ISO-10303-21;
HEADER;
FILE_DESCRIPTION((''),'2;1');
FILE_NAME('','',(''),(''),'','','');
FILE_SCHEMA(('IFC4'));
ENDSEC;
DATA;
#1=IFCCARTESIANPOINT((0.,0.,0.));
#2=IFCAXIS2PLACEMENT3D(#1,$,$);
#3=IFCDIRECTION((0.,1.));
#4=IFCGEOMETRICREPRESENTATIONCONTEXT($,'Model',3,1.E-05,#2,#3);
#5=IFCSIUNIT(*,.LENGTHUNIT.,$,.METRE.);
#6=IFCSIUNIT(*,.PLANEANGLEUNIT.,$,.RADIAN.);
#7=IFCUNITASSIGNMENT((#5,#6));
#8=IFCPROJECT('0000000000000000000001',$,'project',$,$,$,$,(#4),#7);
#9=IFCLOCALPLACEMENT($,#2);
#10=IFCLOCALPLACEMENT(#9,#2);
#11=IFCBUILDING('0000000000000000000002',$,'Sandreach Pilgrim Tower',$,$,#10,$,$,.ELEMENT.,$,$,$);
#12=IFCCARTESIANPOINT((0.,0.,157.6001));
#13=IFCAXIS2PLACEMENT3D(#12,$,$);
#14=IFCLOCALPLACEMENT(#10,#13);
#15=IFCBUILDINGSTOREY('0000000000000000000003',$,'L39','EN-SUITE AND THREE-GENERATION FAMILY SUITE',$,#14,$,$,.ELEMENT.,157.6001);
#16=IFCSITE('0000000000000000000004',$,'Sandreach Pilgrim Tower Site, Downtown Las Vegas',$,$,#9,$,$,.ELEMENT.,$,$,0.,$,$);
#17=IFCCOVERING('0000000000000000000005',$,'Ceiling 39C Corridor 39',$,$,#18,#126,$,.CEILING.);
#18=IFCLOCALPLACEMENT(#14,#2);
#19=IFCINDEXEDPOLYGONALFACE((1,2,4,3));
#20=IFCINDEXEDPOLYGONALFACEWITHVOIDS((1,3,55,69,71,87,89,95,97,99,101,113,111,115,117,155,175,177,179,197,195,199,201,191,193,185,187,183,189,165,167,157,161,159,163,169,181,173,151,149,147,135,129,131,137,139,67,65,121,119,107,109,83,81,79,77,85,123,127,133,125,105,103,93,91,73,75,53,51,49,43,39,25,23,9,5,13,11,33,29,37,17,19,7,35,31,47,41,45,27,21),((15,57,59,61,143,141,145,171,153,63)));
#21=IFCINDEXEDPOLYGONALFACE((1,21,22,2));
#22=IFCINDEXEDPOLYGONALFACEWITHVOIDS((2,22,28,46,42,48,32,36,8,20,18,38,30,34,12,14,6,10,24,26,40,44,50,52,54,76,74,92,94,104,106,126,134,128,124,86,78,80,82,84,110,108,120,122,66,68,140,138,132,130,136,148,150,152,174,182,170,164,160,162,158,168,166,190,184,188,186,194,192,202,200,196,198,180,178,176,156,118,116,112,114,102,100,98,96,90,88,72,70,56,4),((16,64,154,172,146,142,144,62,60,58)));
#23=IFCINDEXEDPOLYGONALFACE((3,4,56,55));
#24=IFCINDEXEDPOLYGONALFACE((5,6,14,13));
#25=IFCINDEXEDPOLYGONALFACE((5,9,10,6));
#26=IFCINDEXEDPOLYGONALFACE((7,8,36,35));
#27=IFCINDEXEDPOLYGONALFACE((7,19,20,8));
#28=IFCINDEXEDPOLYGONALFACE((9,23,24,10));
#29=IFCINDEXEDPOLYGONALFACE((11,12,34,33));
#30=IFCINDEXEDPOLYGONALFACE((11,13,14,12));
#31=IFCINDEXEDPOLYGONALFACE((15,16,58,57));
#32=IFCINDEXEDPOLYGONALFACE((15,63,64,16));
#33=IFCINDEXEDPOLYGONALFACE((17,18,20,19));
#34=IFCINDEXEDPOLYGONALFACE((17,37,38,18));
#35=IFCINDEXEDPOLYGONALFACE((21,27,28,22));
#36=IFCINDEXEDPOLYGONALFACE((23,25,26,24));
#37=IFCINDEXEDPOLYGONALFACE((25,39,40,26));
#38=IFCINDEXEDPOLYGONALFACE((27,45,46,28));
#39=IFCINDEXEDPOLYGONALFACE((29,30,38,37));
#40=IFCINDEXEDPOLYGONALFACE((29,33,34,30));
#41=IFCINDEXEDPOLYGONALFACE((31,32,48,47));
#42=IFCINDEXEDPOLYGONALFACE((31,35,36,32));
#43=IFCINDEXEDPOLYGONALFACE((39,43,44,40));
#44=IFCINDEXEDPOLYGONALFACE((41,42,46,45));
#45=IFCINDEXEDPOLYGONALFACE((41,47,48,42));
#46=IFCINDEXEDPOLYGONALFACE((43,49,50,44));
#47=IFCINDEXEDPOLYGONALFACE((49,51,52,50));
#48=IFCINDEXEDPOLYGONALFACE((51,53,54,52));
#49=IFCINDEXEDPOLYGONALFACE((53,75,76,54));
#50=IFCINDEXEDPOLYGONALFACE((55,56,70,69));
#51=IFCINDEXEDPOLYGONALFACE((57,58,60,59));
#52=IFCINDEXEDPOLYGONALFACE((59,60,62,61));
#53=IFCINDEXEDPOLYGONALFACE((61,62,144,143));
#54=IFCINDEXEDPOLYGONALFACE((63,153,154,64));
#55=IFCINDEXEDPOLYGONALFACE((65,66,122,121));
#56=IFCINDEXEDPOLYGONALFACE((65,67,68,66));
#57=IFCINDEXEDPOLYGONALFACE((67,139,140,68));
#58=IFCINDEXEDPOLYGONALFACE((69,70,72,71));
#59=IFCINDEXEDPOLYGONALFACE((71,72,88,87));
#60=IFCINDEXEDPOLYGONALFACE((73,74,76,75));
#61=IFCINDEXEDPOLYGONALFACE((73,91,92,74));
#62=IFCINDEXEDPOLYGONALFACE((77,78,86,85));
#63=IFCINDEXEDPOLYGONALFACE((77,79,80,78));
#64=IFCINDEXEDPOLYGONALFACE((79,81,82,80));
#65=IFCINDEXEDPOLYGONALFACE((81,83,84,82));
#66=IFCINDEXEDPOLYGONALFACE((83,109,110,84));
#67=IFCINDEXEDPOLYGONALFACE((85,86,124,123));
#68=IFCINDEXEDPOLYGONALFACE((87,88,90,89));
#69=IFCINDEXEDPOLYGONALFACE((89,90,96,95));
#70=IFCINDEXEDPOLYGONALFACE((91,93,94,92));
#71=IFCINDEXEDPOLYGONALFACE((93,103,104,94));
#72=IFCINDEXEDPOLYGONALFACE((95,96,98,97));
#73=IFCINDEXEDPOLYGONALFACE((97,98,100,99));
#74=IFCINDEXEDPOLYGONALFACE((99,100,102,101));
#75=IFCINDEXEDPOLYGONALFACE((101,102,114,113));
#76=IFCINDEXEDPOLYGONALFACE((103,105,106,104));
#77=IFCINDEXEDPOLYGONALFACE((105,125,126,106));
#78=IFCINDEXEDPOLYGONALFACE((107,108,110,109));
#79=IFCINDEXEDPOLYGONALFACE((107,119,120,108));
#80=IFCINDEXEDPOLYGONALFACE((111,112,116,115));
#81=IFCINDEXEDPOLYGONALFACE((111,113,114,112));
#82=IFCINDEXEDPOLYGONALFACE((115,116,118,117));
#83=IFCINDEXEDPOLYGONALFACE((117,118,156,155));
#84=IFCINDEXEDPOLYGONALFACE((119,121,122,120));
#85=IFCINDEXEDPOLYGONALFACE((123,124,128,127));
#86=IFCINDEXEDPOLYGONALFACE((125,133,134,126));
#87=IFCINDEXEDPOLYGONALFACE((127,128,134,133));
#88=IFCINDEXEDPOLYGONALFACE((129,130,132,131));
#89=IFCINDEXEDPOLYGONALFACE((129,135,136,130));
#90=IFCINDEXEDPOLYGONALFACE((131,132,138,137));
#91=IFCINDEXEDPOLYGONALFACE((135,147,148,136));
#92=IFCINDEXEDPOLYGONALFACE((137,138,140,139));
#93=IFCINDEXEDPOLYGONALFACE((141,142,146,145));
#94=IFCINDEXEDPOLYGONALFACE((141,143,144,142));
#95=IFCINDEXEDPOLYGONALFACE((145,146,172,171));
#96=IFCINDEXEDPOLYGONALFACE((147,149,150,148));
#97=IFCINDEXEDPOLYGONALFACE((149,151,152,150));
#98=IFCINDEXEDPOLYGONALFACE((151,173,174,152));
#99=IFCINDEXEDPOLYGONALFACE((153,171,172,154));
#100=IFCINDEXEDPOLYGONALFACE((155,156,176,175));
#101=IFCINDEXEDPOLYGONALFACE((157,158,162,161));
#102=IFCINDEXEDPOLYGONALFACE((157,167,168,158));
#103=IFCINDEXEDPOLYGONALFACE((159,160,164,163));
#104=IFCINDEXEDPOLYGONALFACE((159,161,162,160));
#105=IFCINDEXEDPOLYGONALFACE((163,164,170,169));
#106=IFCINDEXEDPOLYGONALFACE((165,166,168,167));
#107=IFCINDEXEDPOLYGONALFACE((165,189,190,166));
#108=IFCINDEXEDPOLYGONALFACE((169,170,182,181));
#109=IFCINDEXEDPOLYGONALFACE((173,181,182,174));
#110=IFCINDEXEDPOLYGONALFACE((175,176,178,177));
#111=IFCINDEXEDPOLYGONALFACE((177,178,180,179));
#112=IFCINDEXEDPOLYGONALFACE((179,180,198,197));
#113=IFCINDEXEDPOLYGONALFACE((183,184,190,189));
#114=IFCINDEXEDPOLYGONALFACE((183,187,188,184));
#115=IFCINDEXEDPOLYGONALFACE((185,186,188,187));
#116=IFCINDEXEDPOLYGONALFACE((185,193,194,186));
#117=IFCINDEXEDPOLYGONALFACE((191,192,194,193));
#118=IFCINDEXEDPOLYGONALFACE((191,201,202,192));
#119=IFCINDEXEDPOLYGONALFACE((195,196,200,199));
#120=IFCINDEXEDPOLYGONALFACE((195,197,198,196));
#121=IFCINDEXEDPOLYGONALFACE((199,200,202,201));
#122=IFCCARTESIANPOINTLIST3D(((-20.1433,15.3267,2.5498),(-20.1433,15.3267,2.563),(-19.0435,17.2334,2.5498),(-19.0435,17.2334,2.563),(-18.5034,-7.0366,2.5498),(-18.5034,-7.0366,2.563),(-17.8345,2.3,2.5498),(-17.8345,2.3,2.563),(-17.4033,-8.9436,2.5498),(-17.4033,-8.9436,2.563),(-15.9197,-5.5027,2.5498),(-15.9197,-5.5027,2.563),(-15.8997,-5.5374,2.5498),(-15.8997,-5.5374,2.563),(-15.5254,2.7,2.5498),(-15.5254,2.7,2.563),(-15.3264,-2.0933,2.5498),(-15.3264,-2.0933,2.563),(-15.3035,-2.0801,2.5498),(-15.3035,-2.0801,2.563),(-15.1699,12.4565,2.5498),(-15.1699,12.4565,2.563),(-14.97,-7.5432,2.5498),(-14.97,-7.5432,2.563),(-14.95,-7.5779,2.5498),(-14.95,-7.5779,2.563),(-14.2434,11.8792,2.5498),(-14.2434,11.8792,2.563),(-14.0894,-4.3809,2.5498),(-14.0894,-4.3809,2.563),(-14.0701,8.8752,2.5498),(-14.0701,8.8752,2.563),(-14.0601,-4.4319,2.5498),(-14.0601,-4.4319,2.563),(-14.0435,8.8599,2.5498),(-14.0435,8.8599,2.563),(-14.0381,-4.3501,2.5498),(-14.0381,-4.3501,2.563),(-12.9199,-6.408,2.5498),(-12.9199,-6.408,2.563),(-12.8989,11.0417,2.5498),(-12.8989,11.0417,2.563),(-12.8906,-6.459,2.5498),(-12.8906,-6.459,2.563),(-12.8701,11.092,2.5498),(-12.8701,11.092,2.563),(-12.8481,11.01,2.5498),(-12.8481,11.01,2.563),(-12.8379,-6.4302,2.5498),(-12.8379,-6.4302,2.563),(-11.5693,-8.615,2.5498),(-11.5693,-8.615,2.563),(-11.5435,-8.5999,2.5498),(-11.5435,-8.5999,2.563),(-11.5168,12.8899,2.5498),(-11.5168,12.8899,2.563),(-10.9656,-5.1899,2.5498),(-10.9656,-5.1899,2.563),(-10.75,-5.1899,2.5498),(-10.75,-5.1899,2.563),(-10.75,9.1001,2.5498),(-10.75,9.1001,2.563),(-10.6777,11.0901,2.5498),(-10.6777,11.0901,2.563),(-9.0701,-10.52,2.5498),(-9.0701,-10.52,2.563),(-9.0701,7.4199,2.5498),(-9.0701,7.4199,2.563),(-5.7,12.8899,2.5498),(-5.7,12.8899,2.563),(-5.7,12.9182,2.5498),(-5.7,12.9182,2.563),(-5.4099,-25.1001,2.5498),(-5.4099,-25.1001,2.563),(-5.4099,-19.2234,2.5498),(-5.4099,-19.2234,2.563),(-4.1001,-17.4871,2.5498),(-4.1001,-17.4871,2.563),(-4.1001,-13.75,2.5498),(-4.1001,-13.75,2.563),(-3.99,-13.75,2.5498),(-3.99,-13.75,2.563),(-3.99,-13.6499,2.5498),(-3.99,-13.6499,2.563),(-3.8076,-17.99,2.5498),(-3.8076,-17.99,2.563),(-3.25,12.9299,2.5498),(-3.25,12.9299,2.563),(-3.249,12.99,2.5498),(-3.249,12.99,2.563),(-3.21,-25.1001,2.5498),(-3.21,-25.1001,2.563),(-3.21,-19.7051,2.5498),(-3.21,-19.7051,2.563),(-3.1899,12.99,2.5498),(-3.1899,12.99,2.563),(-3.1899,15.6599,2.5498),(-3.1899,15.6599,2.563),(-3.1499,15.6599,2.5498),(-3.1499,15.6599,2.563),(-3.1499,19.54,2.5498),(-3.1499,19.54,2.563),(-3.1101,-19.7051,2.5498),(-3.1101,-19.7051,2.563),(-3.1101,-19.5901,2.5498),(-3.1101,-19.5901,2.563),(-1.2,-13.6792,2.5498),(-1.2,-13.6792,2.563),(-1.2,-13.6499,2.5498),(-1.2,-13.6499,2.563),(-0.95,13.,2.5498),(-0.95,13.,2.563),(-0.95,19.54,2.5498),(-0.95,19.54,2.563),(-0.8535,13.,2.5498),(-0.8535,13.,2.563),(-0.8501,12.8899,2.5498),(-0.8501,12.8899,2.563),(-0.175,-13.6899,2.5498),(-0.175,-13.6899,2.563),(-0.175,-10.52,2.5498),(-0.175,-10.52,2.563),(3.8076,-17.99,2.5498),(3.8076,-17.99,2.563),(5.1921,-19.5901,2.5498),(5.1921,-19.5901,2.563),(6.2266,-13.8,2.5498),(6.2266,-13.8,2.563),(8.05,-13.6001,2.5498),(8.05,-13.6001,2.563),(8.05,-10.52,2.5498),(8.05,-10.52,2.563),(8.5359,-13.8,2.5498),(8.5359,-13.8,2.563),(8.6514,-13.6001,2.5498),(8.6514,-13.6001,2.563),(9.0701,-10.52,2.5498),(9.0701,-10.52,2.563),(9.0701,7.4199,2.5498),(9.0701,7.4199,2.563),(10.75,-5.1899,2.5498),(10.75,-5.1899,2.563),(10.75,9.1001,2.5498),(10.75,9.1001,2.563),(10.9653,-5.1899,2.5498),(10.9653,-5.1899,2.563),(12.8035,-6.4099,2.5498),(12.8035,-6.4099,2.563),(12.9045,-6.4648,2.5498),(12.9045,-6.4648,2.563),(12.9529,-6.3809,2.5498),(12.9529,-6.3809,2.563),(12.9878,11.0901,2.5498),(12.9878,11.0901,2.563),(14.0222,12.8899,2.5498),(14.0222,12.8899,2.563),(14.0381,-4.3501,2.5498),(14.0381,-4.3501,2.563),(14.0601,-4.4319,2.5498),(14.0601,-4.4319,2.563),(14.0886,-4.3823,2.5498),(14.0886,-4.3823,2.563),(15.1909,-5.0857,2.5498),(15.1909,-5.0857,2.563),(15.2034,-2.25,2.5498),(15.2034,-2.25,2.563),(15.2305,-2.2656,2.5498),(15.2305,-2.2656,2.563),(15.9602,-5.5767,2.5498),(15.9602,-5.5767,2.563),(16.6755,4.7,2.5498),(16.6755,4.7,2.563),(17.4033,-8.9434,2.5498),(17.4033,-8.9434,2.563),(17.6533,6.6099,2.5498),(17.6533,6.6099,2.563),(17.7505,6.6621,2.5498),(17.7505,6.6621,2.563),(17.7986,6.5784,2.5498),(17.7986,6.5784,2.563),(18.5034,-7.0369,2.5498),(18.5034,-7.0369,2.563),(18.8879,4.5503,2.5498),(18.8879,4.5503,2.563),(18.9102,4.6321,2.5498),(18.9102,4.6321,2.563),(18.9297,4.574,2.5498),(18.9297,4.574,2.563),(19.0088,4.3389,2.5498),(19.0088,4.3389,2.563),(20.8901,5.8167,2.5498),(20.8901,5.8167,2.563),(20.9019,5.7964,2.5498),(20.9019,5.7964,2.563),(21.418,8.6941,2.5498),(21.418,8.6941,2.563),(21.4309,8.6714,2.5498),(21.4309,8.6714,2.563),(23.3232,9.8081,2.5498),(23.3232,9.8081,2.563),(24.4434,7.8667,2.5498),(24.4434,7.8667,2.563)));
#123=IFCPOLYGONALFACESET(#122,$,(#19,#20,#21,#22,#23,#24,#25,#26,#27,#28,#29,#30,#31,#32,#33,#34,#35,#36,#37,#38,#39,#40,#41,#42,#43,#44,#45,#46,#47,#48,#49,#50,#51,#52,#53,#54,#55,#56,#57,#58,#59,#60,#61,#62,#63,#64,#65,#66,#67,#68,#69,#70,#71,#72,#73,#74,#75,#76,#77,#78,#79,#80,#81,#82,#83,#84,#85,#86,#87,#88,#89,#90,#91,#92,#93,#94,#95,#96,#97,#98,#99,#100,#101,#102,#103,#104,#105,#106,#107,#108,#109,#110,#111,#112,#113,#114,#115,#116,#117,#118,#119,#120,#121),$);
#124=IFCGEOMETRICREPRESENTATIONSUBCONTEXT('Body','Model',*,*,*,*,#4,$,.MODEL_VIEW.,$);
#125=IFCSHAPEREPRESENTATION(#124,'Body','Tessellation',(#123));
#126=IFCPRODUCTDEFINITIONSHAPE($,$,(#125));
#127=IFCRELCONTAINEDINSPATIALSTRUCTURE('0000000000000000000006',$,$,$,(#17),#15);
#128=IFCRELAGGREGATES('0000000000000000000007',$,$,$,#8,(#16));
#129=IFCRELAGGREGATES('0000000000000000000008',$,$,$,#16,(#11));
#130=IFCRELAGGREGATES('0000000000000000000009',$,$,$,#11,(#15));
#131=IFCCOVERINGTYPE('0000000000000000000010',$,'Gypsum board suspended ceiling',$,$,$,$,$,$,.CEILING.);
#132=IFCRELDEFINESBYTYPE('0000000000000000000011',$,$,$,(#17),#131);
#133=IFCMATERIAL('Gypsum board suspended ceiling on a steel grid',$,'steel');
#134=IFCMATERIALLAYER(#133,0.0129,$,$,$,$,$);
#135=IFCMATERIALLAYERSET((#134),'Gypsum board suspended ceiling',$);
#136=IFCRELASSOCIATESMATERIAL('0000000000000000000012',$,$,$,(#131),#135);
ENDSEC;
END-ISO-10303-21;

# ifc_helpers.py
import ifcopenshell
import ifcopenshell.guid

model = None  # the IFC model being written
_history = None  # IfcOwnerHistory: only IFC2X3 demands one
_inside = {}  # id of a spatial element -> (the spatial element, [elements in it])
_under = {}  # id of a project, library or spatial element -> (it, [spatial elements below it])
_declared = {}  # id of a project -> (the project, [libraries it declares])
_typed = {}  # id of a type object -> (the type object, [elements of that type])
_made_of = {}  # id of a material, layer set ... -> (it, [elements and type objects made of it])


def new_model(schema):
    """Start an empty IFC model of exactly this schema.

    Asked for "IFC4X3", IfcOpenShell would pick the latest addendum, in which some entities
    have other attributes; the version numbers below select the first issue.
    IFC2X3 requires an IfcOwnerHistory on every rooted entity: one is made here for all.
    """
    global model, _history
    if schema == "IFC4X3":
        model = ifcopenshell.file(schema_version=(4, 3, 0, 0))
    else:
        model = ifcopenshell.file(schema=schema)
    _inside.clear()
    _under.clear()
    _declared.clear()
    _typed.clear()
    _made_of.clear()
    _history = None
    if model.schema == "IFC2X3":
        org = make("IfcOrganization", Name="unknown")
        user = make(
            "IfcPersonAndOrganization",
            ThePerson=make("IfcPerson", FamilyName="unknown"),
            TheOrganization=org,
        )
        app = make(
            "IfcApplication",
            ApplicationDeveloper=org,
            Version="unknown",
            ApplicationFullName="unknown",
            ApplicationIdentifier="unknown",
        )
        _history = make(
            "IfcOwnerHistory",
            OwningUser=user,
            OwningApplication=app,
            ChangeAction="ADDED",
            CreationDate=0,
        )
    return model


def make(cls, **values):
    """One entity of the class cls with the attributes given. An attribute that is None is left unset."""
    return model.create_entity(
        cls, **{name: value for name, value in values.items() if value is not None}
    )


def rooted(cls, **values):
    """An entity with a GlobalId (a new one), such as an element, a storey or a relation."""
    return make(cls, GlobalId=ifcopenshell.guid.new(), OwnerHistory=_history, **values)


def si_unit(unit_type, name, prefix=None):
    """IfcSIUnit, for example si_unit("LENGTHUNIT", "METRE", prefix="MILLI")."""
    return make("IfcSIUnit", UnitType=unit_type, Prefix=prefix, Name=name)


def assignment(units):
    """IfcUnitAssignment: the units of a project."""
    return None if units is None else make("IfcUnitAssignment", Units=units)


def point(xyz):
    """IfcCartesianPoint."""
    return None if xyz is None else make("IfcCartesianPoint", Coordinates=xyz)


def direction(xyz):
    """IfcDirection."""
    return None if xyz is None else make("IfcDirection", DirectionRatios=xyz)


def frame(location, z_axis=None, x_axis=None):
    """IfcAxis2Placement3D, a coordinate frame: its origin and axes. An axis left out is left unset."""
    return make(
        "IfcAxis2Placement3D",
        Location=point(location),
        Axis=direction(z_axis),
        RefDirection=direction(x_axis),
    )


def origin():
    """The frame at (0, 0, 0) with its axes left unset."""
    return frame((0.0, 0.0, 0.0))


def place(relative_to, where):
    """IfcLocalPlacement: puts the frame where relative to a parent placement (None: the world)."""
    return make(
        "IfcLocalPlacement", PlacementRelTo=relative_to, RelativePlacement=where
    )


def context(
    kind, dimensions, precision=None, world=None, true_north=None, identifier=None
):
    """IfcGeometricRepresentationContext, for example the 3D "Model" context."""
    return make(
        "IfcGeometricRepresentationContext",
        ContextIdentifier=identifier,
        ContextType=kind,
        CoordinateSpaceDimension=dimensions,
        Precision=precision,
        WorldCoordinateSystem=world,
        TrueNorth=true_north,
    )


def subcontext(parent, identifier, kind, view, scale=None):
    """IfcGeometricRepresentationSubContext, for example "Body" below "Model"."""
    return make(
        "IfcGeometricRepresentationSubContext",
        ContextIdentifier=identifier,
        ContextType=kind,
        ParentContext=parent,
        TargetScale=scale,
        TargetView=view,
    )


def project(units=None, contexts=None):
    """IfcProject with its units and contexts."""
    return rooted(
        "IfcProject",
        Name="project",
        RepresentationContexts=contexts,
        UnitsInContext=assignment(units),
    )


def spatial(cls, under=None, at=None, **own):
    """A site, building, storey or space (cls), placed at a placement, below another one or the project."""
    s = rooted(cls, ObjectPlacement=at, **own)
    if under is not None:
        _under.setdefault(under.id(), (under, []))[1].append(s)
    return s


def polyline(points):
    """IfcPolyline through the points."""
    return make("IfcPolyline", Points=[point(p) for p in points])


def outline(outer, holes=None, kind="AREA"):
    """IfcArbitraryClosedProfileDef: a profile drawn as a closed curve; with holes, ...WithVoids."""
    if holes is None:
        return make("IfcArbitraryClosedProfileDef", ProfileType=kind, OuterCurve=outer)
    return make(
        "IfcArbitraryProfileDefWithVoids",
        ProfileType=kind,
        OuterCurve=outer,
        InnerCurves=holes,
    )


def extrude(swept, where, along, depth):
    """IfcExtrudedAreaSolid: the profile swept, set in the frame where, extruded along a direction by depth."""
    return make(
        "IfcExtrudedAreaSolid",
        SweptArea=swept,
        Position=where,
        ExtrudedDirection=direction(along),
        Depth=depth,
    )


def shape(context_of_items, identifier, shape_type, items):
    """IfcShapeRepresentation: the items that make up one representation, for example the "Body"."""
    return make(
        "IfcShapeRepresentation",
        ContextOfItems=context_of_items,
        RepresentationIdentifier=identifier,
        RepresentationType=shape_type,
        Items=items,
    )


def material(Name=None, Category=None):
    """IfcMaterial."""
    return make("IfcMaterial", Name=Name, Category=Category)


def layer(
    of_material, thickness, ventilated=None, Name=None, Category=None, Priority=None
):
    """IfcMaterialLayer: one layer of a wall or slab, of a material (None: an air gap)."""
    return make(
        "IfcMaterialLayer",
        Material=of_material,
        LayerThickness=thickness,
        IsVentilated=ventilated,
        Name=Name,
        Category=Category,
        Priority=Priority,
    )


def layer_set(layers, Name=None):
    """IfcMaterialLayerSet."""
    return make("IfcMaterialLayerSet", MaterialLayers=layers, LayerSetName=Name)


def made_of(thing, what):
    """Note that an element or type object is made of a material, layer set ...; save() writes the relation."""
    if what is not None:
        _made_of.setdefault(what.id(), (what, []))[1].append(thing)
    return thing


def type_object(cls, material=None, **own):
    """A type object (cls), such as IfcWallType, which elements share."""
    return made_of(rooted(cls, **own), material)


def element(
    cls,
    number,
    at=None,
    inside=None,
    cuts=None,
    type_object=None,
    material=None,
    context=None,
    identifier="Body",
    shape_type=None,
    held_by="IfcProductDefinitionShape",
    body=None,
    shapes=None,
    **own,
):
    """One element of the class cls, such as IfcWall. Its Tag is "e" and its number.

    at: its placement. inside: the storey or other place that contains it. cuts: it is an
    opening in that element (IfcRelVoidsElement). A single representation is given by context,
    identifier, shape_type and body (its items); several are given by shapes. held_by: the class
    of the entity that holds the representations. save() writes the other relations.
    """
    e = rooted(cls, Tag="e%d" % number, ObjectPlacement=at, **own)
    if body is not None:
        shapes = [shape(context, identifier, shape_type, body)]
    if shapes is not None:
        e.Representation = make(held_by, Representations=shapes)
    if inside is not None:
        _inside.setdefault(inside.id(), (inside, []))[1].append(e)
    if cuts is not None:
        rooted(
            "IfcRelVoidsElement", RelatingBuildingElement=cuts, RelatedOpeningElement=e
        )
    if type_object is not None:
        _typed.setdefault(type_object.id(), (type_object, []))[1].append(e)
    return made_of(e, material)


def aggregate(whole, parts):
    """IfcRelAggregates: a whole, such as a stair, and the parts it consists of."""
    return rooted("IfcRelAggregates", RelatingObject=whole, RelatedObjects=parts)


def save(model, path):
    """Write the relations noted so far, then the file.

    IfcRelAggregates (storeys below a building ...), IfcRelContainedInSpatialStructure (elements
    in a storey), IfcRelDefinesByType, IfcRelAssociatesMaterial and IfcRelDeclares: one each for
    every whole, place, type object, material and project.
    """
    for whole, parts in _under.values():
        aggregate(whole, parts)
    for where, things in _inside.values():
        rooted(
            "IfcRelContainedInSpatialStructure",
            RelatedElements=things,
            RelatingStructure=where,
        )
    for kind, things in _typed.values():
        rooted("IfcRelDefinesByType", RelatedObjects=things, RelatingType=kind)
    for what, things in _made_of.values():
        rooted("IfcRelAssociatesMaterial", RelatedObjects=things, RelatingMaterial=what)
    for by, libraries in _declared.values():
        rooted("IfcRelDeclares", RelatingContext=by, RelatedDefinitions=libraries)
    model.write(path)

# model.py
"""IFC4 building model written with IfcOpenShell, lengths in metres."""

from ifc_helpers import new_model, si_unit, direction, frame, origin, place, context, subcontext, project, spatial, polyline, outline, extrude, material, layer, layer_set, type_object, element, save


model = new_model("IFC4")

# Units and contexts
model_context = context("Model", 3, precision=1e-05, world=origin(), true_north=direction((0.0, 1.0)))
body_context = subcontext(model_context, "Body", "Model", "MODEL_VIEW")
ifc_project = project(units=[si_unit("LENGTHUNIT", "METRE"), si_unit("PLANEANGLEUNIT", "RADIAN")], contexts=[model_context])

# Site, building, storey
site_placement = place(None, origin())
site = spatial("IfcSite", under=ifc_project, at=site_placement, Name="Sandreach Pilgrim Tower Site, Downtown Las Vegas", CompositionType="ELEMENT", RefElevation=0.0)
building_placement = place(site_placement, origin())
building = spatial("IfcBuilding", under=site, at=building_placement, Name="Sandreach Pilgrim Tower", CompositionType="ELEMENT")
storey_placement = place(building_placement, frame((0.0, 0.0, 157.6001)))
storey = spatial("IfcBuildingStorey", under=building, at=storey_placement, Name="L39", Description="EN-SUITE AND THREE-GENERATION FAMILY SUITE", CompositionType="ELEMENT", Elevation=157.6001)

# Covering
ifc_material_1 = material(Name="Gypsum board suspended ceiling on a steel grid", Category="steel")
ifc_layer_1 = layer(ifc_material_1, 0.0129)
ifc_layer_set_1 = layer_set([ifc_layer_1], Name="Gypsum board suspended ceiling")
covering_type_1 = type_object("IfcCoveringType", Name="Gypsum board suspended ceiling", PredefinedType="CEILING", material=ifc_layer_set_1)
covering_1_placement = place(storey_placement, frame((0.0, 0.0, 2.5498)))
element("IfcCovering", 1, at=covering_1_placement, inside=storey, type_object=covering_type_1, Name="Ceiling 39C Corridor 39", PredefinedType="CEILING", context=body_context, shape_type="SweptSolid", body=[
    extrude(outline(polyline([(-17.4033, -8.9436), (-18.5034, -7.0366), (-15.8997, -5.5374), (-15.9197, -5.5027), (-14.0601, -4.4319), (-14.0894, -4.3809), (-14.0381, -4.3501), (-15.3264, -2.0933), (-15.3035, -2.0801), (-17.8345, 2.3), (-14.0435, 8.8599), (-14.0701, 8.8752), (-12.8481, 11.01), (-12.8989, 11.0417), (-12.8701, 11.092), (-14.2434, 11.8792), (-15.1699, 12.4565), (-20.1433, 15.3267), (-19.0435, 17.2334), (-11.5168, 12.8899), (-5.7, 12.8899), (-5.7, 12.9182), (-3.25, 12.9299), (-3.249, 12.99), (-3.1899, 12.99), (-3.1899, 15.6599), (-3.1499, 15.6599), (-3.1499, 19.54), (-0.95, 19.54), (-0.95, 13.0), (-0.8535, 13.0), (-0.8501, 12.8899), (14.0222, 12.8899), (17.6533, 6.6099), (17.7505, 6.6621), (17.7986, 6.5784), (21.4309, 8.6714), (21.418, 8.6941), (23.3232, 9.8081), (24.4434, 7.8667), (20.8901, 5.8167), (20.9019, 5.7964), (18.9102, 4.6321), (18.9297, 4.574), (18.8879, 4.5503), (19.0088, 4.3389), (15.2034, -2.25), (15.2305, -2.2656), (14.0381, -4.3501), (14.0886, -4.3823), (14.0601, -4.4319), (15.1909, -5.0857), (15.9602, -5.5767), (18.5034, -7.0369), (17.4033, -8.9434), (12.9529, -6.3809), (12.9045, -6.4648), (12.8035, -6.4099), (8.6514, -13.6001), (8.05, -13.6001), (8.05, -10.52), (9.0701, -10.52), (9.0701, 7.4199), (-9.0701, 7.4199), (-9.0701, -10.52), (-0.175, -10.52), (-0.175, -13.6899), (-1.2, -13.6792), (-1.2, -13.6499), (-3.99, -13.6499), (-3.99, -13.75), (-4.1001, -13.75), (-4.1001, -17.4871), (-3.8076, -17.99), (3.8076, -17.99), (6.2266, -13.8), (8.5359, -13.8), (5.1921, -19.5901), (-3.1101, -19.5901), (-3.1101, -19.7051), (-3.21, -19.7051), (-3.21, -25.1001), (-5.4099, -25.1001), (-5.4099, -19.2234), (-11.5435, -8.5999), (-11.5693, -8.615), (-12.8379, -6.4302), (-12.8906, -6.459), (-12.9199, -6.408), (-14.95, -7.5779), (-14.97, -7.5432), (-17.4033, -8.9436)]), holes=[polyline([(-15.5254, 2.7), (-10.9656, -5.1899), (-10.75, -5.1899), (-10.75, 9.1001), (10.75, 9.1001), (10.75, -5.1899), (10.9653, -5.1899), (16.6755, 4.7), (12.9878, 11.0901), (-10.6777, 11.0901), (-15.5254, 2.7)])]), origin(), (0.0, 0.0, 1.0), 0.0132),
])

save(model, "model.ifc")
